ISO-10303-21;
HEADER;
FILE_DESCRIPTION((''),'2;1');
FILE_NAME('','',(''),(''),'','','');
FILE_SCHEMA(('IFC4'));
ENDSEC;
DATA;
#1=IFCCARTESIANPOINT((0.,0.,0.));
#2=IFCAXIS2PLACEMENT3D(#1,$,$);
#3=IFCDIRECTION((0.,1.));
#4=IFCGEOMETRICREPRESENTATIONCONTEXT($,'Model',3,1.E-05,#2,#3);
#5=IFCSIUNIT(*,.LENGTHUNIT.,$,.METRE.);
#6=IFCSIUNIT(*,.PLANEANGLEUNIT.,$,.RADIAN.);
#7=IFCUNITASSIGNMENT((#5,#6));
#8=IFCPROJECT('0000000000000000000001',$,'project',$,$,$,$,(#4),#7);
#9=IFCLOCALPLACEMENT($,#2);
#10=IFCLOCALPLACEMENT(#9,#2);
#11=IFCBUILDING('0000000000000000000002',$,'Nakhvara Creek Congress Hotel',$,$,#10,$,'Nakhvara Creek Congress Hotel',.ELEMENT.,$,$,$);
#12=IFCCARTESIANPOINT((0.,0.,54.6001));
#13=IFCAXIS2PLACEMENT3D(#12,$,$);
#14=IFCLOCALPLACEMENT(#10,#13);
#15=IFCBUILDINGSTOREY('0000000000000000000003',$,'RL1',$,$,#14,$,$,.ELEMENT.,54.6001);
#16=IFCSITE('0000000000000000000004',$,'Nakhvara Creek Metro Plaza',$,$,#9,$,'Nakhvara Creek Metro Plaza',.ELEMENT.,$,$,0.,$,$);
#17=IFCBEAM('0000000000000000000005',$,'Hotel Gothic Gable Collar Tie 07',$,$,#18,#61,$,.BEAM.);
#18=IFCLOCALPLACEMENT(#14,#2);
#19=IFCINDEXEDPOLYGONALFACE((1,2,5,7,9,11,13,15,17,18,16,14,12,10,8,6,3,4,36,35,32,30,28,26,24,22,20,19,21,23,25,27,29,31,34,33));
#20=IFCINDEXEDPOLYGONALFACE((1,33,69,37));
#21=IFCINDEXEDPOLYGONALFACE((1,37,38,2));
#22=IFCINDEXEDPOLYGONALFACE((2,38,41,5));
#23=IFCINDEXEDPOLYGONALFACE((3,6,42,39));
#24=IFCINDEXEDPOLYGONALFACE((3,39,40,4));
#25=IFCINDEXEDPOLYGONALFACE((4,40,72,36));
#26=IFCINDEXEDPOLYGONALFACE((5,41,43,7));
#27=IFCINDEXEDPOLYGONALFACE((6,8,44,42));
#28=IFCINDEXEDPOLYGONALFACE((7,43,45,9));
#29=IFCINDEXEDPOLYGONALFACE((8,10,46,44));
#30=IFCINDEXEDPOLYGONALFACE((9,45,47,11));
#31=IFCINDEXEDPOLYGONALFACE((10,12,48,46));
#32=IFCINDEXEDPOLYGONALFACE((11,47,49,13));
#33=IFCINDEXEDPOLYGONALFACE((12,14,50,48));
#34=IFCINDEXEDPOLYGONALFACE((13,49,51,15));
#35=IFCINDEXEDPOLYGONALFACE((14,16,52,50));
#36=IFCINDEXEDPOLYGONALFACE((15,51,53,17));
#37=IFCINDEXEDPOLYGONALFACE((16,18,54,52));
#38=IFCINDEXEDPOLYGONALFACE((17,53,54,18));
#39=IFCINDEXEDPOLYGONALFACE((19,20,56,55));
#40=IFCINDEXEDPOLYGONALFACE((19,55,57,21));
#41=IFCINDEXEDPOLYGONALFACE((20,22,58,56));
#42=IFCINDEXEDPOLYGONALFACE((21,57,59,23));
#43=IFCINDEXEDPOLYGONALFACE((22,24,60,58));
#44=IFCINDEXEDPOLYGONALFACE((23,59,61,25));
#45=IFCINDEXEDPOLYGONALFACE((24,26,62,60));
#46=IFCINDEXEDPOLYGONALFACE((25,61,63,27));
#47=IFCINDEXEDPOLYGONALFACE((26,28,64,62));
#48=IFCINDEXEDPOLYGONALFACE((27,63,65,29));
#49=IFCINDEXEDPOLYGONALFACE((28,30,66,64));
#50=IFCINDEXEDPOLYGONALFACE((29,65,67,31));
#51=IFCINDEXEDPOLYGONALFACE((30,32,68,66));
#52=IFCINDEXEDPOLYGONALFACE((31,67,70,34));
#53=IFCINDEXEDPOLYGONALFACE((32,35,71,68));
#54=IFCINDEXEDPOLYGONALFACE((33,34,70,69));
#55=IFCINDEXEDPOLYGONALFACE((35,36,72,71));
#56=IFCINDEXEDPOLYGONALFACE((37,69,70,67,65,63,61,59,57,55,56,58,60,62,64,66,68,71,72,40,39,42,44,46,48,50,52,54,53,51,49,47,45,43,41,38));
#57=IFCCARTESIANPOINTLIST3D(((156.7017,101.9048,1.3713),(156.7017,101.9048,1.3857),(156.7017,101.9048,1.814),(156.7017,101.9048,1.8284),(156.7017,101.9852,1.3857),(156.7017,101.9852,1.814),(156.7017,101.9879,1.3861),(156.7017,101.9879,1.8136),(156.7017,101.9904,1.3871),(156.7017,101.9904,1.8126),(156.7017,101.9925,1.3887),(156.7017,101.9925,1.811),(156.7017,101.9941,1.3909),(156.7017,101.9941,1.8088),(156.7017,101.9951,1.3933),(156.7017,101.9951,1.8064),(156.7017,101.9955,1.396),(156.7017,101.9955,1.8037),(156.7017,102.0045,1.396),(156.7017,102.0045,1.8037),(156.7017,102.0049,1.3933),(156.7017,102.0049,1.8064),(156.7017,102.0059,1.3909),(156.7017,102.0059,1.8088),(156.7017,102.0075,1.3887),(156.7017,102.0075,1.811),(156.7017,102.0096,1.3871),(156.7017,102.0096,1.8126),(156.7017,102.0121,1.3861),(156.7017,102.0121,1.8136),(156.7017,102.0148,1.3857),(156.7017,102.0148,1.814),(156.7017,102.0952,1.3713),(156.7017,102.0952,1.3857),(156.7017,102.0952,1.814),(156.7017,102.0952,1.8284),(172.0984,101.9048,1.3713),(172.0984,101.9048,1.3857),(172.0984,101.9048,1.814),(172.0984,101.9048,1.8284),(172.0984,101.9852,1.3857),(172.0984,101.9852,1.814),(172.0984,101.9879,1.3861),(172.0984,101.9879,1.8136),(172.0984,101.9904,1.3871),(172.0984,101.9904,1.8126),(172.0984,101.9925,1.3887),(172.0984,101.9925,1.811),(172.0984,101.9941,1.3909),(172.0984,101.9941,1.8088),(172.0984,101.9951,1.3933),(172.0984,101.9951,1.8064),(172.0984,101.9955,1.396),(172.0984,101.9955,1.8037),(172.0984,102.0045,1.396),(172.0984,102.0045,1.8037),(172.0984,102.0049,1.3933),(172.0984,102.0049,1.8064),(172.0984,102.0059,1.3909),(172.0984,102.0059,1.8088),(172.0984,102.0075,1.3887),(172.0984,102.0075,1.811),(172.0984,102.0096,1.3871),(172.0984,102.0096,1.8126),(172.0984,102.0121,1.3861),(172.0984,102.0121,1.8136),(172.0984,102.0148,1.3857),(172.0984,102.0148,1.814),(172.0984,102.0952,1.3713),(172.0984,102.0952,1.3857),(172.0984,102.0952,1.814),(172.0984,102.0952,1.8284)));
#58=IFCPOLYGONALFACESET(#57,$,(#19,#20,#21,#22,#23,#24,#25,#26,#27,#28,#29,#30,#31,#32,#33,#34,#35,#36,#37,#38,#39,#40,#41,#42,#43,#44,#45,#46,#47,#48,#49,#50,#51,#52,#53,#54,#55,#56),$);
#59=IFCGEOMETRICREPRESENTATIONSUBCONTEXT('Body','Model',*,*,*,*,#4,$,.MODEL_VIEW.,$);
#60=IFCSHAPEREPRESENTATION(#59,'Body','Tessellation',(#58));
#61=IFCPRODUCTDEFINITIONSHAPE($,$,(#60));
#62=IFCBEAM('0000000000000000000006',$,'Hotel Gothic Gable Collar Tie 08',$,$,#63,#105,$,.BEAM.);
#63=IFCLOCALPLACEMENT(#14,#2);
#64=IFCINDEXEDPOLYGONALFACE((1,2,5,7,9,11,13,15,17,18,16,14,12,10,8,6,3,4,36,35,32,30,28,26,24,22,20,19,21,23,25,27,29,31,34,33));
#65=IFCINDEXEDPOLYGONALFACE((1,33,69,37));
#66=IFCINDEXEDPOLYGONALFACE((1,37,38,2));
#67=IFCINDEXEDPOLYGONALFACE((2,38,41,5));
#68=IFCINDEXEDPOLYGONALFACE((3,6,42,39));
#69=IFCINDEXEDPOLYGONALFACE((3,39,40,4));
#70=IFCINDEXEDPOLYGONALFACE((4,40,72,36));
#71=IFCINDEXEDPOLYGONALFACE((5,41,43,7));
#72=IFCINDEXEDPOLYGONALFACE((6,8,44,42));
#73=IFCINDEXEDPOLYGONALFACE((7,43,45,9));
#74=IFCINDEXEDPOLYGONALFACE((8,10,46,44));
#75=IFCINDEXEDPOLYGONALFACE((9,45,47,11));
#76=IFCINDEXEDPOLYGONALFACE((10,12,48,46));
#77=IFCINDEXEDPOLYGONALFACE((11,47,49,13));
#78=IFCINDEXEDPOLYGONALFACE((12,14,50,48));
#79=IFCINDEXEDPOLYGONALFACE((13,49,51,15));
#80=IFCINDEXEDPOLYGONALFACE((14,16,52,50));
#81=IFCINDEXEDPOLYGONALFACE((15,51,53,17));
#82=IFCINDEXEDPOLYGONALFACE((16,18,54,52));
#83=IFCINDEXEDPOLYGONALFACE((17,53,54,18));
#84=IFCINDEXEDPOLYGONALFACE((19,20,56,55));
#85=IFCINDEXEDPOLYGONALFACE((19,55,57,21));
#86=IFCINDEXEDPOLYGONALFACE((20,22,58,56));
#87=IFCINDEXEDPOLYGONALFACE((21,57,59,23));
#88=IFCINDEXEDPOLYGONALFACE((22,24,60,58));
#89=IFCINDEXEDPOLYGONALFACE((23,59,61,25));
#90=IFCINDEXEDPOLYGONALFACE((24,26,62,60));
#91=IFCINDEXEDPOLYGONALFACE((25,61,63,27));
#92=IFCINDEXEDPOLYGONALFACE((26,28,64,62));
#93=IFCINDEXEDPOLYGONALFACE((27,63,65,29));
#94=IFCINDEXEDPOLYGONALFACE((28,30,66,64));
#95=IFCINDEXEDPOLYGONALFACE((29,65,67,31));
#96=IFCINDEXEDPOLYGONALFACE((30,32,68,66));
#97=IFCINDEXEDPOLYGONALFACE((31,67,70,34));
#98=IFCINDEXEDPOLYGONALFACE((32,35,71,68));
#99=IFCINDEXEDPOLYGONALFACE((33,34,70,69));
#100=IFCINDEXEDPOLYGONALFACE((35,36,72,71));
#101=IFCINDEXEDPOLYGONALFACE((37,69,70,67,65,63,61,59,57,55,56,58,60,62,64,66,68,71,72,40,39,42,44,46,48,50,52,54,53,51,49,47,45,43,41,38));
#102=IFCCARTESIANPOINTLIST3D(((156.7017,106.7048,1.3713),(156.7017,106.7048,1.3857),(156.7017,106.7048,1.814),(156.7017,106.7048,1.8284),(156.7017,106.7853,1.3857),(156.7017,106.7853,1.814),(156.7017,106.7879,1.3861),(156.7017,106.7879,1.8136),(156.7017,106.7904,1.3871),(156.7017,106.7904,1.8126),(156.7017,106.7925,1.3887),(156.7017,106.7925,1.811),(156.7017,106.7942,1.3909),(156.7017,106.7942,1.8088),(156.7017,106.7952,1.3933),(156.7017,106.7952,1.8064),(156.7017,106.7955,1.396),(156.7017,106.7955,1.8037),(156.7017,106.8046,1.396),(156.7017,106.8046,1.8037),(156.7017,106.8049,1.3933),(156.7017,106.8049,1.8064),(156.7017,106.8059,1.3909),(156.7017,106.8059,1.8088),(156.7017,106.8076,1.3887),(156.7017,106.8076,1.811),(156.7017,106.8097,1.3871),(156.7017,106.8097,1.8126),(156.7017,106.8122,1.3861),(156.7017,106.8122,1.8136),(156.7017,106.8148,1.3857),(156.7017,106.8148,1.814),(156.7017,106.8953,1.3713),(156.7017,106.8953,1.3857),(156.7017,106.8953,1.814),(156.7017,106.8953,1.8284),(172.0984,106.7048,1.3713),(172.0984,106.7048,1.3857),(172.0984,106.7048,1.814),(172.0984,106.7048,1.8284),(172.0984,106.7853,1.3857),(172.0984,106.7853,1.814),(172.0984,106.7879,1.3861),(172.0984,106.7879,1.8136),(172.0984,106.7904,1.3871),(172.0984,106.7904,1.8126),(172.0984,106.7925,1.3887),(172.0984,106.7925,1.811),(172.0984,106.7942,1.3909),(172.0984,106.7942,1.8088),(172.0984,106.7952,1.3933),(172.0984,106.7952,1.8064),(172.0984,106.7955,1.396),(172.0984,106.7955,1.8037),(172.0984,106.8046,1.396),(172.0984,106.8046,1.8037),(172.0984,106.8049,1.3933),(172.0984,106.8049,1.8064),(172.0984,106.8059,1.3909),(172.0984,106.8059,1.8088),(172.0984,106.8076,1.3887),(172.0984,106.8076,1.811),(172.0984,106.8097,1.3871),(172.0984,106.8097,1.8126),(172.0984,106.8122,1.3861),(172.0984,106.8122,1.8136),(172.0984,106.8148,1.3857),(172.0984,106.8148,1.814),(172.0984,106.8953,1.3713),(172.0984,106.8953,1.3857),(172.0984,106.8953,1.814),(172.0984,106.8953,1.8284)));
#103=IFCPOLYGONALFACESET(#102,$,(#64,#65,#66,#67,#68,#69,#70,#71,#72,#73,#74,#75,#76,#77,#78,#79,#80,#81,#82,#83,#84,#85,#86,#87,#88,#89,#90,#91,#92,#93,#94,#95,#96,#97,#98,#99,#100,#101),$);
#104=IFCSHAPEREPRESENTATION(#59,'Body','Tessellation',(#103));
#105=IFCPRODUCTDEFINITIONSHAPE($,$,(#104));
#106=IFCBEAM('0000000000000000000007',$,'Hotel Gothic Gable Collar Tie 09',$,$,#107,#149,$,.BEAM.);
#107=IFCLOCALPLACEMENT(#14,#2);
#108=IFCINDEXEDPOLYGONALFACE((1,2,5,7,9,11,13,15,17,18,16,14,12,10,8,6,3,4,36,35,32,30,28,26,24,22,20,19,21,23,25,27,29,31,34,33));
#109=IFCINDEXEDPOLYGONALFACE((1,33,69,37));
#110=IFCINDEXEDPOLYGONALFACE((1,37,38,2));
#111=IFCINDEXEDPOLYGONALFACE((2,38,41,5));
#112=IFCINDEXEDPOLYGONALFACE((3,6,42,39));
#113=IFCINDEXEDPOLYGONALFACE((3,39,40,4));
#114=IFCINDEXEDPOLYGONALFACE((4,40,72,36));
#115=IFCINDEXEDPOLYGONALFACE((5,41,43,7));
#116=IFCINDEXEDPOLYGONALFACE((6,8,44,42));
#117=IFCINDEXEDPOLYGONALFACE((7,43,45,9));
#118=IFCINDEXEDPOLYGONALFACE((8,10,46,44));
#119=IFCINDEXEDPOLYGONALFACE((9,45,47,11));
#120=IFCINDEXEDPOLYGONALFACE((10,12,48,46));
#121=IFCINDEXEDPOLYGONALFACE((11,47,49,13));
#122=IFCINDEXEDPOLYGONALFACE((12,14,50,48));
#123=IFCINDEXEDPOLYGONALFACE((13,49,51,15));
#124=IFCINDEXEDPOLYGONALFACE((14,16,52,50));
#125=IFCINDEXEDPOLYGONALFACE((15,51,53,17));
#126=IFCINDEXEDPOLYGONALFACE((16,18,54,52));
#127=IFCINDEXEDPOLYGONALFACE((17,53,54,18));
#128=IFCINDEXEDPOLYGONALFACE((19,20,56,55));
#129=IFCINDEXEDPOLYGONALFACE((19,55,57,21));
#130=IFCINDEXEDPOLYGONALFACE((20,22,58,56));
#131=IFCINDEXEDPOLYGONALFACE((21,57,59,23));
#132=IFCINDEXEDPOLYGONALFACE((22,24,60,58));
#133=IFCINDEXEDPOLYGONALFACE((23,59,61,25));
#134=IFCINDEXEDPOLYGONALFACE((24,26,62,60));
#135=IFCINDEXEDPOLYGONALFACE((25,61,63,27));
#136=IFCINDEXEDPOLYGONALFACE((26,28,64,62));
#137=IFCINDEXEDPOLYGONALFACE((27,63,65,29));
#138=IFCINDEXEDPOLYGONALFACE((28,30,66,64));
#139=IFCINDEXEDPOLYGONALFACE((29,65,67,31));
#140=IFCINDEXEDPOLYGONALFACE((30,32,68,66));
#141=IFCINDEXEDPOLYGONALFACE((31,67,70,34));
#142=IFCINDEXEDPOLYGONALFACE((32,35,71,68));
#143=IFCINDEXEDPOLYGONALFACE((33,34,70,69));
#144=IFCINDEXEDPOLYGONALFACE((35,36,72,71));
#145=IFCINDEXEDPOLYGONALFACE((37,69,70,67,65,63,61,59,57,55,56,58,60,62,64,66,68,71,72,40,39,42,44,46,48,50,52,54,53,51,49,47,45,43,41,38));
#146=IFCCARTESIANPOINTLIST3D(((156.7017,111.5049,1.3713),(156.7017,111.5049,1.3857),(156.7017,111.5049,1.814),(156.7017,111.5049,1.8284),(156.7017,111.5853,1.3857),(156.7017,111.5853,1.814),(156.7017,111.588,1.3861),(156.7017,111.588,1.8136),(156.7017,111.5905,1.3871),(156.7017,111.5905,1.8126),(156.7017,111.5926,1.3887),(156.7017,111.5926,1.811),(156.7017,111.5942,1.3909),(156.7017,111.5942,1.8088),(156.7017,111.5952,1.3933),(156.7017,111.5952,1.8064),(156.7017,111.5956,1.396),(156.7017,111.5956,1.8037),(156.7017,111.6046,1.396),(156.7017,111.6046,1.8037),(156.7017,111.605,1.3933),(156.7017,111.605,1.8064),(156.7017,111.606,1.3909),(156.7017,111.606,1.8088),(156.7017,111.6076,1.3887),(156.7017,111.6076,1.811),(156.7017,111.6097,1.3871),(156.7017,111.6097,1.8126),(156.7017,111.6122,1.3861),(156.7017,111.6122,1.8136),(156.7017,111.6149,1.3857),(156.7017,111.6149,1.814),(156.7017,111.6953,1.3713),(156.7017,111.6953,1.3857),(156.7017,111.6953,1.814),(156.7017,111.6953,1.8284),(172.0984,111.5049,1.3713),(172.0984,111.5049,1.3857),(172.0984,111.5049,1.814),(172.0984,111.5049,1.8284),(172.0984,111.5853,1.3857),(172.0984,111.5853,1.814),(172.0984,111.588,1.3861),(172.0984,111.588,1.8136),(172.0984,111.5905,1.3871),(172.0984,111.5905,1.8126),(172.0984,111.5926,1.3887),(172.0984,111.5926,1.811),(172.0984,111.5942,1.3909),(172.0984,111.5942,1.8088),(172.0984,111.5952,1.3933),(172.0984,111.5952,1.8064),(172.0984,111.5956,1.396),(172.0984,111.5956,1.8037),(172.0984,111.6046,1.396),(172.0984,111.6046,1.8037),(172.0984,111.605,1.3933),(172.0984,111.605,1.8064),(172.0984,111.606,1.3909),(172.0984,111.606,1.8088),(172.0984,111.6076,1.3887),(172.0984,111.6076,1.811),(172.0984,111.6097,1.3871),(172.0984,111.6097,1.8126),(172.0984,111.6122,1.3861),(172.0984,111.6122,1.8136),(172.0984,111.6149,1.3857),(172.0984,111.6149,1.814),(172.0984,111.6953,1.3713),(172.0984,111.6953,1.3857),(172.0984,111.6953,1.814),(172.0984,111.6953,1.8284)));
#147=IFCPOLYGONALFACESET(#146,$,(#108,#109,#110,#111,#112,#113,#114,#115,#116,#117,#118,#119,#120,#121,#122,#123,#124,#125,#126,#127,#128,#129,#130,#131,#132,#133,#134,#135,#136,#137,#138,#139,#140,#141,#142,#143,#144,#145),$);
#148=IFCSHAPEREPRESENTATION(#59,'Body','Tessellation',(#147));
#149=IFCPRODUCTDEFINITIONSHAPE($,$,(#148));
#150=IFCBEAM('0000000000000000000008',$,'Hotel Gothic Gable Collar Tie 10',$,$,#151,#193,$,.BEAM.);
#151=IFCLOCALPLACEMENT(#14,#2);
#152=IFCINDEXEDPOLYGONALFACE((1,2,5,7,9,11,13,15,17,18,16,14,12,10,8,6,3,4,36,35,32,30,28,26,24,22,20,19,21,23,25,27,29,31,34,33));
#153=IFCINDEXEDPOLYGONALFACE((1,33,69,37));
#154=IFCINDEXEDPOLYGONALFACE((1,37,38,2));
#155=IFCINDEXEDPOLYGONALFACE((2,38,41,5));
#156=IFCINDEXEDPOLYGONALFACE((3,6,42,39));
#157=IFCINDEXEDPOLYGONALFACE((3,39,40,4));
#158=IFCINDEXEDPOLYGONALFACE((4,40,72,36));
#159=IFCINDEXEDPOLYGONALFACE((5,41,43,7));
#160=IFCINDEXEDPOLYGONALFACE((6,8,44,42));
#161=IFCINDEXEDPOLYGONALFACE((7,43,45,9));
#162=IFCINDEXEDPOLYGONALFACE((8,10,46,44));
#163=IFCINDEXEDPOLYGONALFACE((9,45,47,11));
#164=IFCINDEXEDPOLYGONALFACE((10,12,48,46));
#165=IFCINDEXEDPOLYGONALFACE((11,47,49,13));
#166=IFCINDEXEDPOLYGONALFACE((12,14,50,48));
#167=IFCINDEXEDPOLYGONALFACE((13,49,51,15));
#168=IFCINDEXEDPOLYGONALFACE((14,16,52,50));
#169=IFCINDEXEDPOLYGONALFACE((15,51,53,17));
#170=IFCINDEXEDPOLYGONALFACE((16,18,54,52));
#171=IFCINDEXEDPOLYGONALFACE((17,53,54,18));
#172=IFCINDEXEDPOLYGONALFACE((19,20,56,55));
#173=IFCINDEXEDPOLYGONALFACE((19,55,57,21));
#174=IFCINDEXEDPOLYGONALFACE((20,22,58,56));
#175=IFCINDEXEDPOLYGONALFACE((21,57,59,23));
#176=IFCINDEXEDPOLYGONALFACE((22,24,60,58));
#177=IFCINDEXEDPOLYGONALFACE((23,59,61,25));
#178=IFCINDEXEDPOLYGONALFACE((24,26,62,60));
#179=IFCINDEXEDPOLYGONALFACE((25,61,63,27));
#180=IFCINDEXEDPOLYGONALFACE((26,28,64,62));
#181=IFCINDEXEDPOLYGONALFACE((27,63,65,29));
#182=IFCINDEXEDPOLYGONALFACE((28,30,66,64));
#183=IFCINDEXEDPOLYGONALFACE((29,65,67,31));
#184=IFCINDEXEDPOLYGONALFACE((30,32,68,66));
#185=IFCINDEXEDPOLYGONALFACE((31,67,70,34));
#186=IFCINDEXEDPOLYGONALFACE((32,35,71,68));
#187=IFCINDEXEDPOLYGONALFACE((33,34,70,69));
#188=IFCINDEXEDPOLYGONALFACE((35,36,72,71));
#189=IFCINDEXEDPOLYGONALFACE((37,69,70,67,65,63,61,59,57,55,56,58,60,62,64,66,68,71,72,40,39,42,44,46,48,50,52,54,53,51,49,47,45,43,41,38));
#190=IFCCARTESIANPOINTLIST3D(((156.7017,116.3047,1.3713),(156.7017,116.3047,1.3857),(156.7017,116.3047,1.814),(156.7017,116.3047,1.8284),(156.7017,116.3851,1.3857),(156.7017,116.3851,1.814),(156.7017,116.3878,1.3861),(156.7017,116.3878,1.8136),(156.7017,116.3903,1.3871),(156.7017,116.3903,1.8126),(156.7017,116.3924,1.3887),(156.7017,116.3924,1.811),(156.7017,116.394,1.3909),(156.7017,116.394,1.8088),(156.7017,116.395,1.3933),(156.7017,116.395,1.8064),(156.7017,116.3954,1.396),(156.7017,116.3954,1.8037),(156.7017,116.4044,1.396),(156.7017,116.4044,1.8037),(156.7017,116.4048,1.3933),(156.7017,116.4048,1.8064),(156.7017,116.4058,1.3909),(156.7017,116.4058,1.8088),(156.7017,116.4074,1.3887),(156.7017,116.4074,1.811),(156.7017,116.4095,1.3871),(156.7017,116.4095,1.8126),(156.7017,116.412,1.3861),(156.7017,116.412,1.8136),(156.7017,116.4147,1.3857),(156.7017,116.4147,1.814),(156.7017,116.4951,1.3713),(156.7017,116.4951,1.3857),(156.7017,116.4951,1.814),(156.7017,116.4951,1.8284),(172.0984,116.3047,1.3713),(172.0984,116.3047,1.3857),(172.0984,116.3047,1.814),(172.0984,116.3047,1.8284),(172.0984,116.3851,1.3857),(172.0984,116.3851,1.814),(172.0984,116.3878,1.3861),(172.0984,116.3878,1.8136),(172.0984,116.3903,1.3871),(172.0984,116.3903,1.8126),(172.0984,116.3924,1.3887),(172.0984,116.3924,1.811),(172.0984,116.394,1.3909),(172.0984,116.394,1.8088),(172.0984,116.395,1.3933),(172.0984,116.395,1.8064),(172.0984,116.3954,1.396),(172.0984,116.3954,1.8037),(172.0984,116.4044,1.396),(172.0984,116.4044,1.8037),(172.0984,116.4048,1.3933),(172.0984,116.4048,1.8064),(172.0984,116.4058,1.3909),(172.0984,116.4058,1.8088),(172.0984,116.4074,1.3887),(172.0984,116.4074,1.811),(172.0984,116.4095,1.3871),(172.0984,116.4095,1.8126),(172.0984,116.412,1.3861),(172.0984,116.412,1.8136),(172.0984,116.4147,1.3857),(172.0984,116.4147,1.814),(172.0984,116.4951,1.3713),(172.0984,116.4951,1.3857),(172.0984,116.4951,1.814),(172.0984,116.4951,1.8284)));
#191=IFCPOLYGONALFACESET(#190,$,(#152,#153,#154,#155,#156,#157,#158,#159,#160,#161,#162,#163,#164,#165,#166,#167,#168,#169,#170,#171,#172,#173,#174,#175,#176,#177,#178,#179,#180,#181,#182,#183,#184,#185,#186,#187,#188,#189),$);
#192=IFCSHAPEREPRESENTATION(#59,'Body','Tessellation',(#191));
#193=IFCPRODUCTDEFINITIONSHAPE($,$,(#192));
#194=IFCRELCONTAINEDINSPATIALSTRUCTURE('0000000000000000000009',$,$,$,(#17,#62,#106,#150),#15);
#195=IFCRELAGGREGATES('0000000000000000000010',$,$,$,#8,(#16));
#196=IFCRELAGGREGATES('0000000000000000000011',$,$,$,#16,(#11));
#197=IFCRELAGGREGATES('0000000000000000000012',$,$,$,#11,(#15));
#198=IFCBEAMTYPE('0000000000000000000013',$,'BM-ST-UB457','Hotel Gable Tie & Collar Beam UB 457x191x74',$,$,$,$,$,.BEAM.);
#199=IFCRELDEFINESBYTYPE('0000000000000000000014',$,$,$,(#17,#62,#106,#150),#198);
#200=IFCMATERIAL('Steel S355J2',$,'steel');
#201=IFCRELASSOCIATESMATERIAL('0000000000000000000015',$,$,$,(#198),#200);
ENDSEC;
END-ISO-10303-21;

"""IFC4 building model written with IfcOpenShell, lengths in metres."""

from ifc_helpers import new_model, si_unit, direction, frame, origin, origin_2d, place, context, subcontext, project, spatial, i_section, extrude, material, material_profile, profile_set, type_object, element, save


model = new_model("IFC4")

# Units and contexts
model_context = context("Model", 3, precision=1e-05, world=origin(), true_north=direction((0.0, 1.0)))
body_context = subcontext(model_context, "Body", "Model", "MODEL_VIEW")
ifc_project = project(units=[si_unit("LENGTHUNIT", "METRE"), si_unit("PLANEANGLEUNIT", "RADIAN")], contexts=[model_context])

# Site, building, storey
site_placement = place(None, origin())
site = spatial("IfcSite", under=ifc_project, at=site_placement, Name="Nakhvara Creek Metro Plaza", LongName="Nakhvara Creek Metro Plaza", CompositionType="ELEMENT", RefElevation=0.0)
building_placement = place(site_placement, origin())
building = spatial("IfcBuilding", under=site, at=building_placement, Name="Nakhvara Creek Congress Hotel", LongName="Nakhvara Creek Congress Hotel", CompositionType="ELEMENT")
storey_placement = place(building_placement, frame((0.0, 0.0, 54.6001)))
storey = spatial("IfcBuildingStorey", under=building, at=storey_placement, Name="RL1", CompositionType="ELEMENT", Elevation=54.6001)

# Beams
ifc_material_1 = material(Name="Steel S355J2", Category="steel")
ifc_material_profile_1 = material_profile(ifc_material_1, i_section(OverallWidth=0.1904, OverallDepth=0.457, WebThickness=0.009, FlangeThickness=0.0144, FilletRadius=0.0103, at=origin_2d()), Name="UB 457x191x74", Category="LoadBearing")
ifc_profile_set_1 = profile_set([ifc_material_profile_1], Name="Steel S355J2")
beam_type = type_object("IfcBeamType", Name="BM-ST-UB457", Description="Hotel Gable Tie & Collar Beam UB 457x191x74", PredefinedType="BEAM", material=ifc_profile_set_1)
for number, where, z_axis, x_axis, name in (
    (1, (156.7017, 102.0, 1.5999), (1.0, 0.0, 0.0), (0.0, 1.0, 0.0), "Hotel Gothic Gable Collar Tie 07"),
    (2, (156.7017, 106.8, 1.5999), (1.0, 0.0, 0.0), (0.0, 1.0, 0.0), "Hotel Gothic Gable Collar Tie 08"),
    (3, (156.7017, 111.6001, 1.5999), (1.0, 0.0, 0.0), (0.0, 1.0, 0.0), "Hotel Gothic Gable Collar Tie 09"),
    (4, (156.7017, 116.3999, 1.5999), (1.0, 0.0, 0.0), (0.0, 1.0, 0.0), "Hotel Gothic Gable Collar Tie 10"),
):
    element("IfcBeam", number, at=place(storey_placement, frame(where, z_axis=z_axis, x_axis=x_axis)), inside=storey, type_object=beam_type, Name=name, PredefinedType="BEAM", context=body_context, shape_type="SweptSolid", body=[
        extrude(i_section(OverallWidth=0.1904, OverallDepth=0.457, WebThickness=0.009, FlangeThickness=0.0144, FilletRadius=0.0103, at=origin_2d()), origin(), (0.0, 0.0, 1.0), 15.3967),
    ])

save(model, "model.ifc")
